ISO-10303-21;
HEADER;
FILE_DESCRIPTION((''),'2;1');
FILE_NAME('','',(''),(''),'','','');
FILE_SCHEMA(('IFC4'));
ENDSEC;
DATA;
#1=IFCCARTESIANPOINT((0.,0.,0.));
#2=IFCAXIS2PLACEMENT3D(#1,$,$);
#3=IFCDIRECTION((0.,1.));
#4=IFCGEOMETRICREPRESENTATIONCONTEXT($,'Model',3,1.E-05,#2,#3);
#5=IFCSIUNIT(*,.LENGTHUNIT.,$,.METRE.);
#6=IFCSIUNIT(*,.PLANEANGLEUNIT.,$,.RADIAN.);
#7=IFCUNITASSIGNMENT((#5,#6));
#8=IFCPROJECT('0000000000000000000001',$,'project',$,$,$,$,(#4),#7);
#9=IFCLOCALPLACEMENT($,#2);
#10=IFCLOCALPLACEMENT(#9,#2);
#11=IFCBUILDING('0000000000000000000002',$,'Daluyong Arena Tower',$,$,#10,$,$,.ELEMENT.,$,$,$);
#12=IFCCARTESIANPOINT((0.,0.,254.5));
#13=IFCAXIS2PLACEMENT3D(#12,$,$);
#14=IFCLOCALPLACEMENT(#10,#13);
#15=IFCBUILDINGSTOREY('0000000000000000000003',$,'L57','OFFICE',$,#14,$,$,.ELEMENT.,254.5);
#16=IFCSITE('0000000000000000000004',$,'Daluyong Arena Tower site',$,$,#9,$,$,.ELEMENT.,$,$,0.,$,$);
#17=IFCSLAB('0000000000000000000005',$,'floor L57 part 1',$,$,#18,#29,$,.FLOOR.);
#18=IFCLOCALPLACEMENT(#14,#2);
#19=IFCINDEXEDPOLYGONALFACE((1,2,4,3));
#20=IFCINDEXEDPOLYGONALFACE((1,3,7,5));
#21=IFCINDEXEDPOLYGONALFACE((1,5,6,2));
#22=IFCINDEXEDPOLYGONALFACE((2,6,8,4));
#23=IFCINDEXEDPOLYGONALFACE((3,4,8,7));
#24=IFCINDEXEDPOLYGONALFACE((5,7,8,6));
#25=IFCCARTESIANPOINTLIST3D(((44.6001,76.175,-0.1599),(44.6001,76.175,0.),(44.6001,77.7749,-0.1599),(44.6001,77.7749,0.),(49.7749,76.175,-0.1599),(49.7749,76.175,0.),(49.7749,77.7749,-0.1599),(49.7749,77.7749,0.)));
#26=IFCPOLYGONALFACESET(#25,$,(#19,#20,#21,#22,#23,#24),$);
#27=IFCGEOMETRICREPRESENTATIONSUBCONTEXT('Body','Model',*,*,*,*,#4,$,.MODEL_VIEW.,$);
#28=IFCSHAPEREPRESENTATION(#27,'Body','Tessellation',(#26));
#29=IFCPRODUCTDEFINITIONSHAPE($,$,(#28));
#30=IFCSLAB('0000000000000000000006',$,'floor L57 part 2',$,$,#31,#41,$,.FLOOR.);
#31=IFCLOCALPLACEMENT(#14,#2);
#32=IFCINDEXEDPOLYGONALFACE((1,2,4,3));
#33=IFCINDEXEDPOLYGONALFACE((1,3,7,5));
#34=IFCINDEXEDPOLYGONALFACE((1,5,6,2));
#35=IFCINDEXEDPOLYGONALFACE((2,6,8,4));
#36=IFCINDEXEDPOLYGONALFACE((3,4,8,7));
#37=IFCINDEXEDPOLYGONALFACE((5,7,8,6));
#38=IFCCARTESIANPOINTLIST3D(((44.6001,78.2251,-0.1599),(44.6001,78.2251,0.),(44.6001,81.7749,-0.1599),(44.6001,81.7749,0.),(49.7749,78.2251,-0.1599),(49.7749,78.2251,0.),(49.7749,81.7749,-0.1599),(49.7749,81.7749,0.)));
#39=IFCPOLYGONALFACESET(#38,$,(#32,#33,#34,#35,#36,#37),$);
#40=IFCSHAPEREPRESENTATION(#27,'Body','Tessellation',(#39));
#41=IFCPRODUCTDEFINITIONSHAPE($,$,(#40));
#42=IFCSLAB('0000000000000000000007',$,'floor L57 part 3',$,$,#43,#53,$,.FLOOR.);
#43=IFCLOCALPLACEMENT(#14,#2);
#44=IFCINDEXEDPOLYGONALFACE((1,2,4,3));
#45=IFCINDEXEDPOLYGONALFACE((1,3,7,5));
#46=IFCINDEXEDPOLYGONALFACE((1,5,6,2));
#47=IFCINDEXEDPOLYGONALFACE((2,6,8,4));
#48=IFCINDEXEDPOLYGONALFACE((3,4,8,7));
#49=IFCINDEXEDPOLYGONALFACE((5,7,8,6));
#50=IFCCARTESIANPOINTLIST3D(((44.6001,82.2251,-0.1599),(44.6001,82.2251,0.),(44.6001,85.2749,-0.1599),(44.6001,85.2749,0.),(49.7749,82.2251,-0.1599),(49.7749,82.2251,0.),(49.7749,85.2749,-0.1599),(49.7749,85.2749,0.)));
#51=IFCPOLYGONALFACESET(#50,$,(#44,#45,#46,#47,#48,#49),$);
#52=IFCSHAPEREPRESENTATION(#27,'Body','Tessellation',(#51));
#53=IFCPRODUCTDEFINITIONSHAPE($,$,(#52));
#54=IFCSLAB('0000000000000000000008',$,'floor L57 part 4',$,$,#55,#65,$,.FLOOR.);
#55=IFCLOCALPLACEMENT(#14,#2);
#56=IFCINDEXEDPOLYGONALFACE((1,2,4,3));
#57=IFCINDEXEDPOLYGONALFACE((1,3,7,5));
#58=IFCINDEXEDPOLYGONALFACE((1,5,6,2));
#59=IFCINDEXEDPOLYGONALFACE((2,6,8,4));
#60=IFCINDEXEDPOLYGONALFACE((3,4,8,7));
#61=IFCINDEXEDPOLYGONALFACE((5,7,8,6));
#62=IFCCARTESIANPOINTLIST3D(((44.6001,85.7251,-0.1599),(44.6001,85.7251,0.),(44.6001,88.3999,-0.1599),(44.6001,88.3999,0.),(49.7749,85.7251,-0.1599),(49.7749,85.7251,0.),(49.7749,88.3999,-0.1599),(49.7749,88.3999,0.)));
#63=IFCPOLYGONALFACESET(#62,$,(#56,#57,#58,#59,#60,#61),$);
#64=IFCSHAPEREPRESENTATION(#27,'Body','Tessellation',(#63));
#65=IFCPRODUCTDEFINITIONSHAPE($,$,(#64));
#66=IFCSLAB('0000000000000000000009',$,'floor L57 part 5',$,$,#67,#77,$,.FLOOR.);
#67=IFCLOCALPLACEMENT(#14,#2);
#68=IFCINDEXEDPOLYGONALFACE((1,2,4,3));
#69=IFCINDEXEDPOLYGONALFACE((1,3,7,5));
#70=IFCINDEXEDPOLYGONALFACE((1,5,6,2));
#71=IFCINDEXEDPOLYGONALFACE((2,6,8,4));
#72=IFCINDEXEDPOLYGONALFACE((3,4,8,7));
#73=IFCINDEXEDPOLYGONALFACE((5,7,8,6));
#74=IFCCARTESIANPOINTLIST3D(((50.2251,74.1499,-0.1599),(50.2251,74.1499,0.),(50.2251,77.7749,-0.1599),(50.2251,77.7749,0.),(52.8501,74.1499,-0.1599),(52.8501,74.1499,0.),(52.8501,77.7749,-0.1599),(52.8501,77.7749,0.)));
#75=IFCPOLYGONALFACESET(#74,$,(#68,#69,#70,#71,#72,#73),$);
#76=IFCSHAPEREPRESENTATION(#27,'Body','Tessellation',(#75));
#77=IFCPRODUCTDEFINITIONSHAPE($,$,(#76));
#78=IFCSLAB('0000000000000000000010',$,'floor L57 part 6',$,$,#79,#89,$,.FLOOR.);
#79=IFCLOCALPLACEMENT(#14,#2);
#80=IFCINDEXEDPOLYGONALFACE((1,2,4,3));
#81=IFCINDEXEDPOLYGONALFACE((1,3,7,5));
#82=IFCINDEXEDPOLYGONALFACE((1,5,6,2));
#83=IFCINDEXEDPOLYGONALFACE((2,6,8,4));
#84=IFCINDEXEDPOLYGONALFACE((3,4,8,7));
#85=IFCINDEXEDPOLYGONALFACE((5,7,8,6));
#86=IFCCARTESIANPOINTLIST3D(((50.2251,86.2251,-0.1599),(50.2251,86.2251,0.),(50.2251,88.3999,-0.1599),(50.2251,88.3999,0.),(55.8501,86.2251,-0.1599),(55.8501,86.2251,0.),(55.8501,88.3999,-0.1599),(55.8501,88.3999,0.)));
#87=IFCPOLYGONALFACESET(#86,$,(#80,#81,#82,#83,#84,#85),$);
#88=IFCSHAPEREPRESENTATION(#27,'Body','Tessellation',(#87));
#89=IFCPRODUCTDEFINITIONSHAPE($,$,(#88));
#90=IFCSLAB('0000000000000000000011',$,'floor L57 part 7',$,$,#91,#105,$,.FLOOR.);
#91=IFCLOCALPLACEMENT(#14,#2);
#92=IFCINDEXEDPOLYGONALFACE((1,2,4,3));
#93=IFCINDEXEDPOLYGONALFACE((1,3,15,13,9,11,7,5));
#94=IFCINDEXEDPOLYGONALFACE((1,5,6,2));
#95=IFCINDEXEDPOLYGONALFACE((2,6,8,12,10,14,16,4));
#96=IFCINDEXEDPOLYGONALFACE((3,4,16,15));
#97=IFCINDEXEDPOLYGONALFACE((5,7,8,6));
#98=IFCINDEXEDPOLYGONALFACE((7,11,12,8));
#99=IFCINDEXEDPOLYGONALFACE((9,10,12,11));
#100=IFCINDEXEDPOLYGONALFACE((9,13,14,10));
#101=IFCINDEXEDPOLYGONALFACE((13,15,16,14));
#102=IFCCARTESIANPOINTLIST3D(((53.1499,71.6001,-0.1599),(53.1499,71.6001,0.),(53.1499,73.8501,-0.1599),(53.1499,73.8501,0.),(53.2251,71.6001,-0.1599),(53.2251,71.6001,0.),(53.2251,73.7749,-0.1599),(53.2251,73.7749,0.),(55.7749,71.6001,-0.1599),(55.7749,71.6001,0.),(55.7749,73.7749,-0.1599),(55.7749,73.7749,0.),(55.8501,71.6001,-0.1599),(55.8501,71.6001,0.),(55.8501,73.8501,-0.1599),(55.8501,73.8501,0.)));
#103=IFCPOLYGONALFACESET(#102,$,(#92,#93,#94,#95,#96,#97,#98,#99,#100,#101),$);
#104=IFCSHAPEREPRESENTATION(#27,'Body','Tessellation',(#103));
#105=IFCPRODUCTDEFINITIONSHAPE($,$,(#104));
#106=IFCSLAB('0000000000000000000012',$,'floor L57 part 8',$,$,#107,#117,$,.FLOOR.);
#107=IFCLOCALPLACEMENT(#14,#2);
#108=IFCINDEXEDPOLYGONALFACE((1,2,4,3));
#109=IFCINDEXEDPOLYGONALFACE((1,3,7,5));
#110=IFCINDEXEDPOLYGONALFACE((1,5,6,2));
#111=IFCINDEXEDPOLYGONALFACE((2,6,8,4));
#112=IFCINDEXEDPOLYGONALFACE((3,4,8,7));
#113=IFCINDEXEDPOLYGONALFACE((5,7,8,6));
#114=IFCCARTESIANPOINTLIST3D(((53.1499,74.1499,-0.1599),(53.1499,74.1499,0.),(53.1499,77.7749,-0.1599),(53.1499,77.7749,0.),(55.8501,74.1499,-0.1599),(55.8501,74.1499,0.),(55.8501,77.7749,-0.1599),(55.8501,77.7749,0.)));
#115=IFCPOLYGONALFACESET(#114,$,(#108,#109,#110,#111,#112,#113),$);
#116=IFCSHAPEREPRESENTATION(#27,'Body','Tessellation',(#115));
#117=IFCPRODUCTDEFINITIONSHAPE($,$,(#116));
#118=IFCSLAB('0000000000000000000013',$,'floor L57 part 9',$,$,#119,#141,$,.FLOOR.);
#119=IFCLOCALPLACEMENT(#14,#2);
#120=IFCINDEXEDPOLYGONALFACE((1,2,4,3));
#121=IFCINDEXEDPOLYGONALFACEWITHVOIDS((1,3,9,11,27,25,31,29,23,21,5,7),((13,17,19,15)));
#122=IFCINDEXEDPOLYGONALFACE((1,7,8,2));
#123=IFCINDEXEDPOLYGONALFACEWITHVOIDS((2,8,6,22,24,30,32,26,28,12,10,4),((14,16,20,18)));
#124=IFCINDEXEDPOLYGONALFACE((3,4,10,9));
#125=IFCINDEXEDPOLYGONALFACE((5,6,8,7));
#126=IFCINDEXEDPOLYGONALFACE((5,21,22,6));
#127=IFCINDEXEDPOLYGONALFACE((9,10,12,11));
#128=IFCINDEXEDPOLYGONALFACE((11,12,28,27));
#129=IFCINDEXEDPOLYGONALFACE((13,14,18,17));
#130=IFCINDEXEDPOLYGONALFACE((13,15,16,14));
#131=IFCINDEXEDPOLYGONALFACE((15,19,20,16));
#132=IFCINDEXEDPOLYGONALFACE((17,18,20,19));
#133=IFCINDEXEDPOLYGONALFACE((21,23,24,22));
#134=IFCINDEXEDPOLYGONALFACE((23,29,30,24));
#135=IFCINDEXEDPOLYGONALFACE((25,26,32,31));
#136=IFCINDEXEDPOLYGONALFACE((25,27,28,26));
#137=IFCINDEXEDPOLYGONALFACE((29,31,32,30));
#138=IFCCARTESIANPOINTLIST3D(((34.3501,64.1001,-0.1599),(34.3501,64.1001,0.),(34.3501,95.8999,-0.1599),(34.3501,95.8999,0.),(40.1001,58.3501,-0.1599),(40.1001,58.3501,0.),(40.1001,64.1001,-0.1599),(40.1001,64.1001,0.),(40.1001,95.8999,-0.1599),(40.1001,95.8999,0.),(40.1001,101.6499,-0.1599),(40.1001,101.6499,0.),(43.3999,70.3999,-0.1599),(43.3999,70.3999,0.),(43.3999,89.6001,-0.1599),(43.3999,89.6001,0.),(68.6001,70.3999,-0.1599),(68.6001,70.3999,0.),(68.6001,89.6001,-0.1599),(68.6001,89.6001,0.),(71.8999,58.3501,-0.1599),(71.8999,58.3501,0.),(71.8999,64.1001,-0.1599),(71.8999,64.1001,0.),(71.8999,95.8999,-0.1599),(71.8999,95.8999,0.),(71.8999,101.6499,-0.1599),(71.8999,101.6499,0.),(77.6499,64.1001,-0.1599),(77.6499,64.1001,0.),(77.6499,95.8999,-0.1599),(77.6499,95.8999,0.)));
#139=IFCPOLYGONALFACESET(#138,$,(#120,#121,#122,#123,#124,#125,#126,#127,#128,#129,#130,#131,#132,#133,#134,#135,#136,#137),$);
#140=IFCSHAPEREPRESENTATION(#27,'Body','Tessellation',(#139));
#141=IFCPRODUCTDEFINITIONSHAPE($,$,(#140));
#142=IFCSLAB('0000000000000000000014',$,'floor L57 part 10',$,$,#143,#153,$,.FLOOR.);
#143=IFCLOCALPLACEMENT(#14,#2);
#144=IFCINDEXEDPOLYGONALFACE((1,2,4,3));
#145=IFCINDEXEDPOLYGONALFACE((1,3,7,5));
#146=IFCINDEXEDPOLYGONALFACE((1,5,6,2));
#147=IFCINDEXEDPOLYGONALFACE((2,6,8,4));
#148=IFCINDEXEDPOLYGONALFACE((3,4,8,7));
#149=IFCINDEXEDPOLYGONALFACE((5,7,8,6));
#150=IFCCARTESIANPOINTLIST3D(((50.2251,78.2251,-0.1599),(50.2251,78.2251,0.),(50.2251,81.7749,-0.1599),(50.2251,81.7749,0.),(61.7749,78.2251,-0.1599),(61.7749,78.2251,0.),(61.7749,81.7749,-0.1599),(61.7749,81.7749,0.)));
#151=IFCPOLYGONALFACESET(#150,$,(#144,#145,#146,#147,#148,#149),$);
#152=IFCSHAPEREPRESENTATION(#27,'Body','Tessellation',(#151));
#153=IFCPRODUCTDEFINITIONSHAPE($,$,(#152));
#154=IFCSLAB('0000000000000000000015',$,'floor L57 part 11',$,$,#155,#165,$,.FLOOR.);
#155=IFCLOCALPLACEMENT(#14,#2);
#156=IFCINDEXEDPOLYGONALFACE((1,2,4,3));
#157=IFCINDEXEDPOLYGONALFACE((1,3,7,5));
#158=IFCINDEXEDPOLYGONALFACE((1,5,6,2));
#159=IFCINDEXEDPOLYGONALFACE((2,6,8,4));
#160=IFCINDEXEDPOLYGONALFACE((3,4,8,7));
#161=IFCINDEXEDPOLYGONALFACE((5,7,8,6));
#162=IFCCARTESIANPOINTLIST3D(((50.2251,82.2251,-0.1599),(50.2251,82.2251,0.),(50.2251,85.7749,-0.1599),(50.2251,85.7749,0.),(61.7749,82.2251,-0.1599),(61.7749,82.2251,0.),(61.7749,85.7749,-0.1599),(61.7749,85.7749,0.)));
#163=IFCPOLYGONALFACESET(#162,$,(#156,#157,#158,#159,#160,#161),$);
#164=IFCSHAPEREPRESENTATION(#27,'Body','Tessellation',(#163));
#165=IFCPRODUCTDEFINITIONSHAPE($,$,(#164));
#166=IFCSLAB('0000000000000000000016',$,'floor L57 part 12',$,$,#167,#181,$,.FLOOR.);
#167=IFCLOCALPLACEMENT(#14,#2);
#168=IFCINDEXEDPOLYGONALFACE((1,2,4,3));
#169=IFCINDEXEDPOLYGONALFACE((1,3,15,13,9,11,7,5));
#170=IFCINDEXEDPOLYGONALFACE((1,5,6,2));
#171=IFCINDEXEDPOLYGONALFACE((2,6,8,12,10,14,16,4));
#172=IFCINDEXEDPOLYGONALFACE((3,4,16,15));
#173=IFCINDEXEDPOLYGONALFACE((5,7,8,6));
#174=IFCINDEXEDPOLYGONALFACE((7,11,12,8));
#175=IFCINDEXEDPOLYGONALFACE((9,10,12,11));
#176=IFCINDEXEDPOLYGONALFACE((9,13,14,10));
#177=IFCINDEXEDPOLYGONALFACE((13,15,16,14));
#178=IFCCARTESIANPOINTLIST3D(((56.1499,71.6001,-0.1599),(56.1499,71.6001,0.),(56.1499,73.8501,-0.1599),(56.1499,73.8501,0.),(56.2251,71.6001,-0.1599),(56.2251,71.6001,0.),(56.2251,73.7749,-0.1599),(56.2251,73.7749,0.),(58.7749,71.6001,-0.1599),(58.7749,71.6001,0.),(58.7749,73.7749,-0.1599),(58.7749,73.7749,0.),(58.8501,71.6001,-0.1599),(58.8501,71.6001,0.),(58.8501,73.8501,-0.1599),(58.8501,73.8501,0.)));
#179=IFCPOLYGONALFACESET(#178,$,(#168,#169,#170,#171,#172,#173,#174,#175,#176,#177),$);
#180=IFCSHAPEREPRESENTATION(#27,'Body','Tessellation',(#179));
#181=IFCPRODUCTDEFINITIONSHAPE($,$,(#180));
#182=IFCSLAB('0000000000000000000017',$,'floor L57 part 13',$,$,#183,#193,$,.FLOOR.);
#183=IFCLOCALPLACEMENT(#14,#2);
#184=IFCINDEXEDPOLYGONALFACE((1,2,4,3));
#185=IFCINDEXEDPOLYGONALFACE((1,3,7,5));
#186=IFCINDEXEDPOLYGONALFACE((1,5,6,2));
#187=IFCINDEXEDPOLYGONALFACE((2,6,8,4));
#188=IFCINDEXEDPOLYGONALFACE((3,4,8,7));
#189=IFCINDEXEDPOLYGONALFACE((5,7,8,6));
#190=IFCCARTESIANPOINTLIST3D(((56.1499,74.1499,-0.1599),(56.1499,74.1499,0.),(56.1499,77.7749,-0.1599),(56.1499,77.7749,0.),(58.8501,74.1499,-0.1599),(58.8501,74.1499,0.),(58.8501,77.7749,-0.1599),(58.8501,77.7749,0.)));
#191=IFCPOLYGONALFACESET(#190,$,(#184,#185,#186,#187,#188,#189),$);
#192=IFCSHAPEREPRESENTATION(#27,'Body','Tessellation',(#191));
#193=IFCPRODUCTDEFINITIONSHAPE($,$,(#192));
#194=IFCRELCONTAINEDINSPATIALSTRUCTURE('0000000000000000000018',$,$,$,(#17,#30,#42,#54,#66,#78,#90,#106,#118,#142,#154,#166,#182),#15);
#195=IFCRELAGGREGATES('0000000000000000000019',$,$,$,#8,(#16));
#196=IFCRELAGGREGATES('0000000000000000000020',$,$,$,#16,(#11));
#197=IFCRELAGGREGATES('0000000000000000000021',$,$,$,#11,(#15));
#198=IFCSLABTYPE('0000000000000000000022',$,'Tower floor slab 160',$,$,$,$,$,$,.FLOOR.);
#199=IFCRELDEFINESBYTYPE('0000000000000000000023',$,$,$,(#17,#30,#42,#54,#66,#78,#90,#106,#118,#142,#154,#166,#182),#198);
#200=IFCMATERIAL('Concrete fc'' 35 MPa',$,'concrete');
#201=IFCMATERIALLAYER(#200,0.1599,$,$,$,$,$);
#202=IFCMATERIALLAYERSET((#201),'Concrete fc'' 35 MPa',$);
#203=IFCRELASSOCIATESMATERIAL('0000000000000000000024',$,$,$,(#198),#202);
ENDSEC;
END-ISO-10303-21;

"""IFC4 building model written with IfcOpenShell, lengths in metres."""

from ifc_helpers import new_model, si_unit, direction, frame, origin, place, context, subcontext, project, spatial, polyline, outline, extrude, material, layer, layer_set, type_object, element, save


model = new_model("IFC4")

# Units and contexts
model_context = context("Model", 3, precision=1e-05, world=origin(), true_north=direction((0.0, 1.0)))
body_context = subcontext(model_context, "Body", "Model", "MODEL_VIEW")
ifc_project = project(units=[si_unit("LENGTHUNIT", "METRE"), si_unit("PLANEANGLEUNIT", "RADIAN")], contexts=[model_context])

# Site, building, storey
site_placement = place(None, origin())
site = spatial("IfcSite", under=ifc_project, at=site_placement, Name="Daluyong Arena Tower site", CompositionType="ELEMENT", RefElevation=0.0)
building_placement = place(site_placement, origin())
building = spatial("IfcBuilding", under=site, at=building_placement, Name="Daluyong Arena Tower", CompositionType="ELEMENT")
storey_placement = place(building_placement, frame((0.0, 0.0, 254.5)))
storey = spatial("IfcBuildingStorey", under=building, at=storey_placement, Name="L57", Description="OFFICE", CompositionType="ELEMENT", Elevation=254.5)

# Slabs
ifc_material_1 = material(Name="Concrete fc' 35 MPa", Category="concrete")
ifc_layer_1 = layer(ifc_material_1, 0.1599)
ifc_layer_set_1 = layer_set([ifc_layer_1], Name="Concrete fc' 35 MPa")
slab_type = type_object("IfcSlabType", Name="Tower floor slab 160", PredefinedType="FLOOR", material=ifc_layer_set_1)
slab_1_placement = place(storey_placement, frame((0.0, 0.0, -0.1599)))
element("IfcSlab", 1, at=slab_1_placement, inside=storey, type_object=slab_type, Name="floor L57 part 1", PredefinedType="FLOOR", context=body_context, shape_type="SweptSolid", body=[
    extrude(outline(polyline([(49.7749, 77.7749), (44.6001, 77.7749), (44.6001, 76.175), (49.7749, 76.175), (49.7749, 77.7749)])), origin(), (0.0, 0.0, 1.0), 0.1599),
])
slab_2_placement = place(storey_placement, frame((0.0, 0.0, -0.1599)))
element("IfcSlab", 2, at=slab_2_placement, inside=storey, type_object=slab_type, Name="floor L57 part 2", PredefinedType="FLOOR", context=body_context, shape_type="SweptSolid", body=[
    extrude(outline(polyline([(49.7749, 78.2251), (49.7749, 81.7749), (44.6001, 81.7749), (44.6001, 78.2251), (49.7749, 78.2251)])), origin(), (0.0, 0.0, 1.0), 0.1599),
])
slab_3_placement = place(storey_placement, frame((0.0, 0.0, -0.1599)))
element("IfcSlab", 3, at=slab_3_placement, inside=storey, type_object=slab_type, Name="floor L57 part 3", PredefinedType="FLOOR", context=body_context, shape_type="SweptSolid", body=[
    extrude(outline(polyline([(44.6001, 85.2749), (44.6001, 82.2251), (49.7749, 82.2251), (49.7749, 85.2749), (44.6001, 85.2749)])), origin(), (0.0, 0.0, 1.0), 0.1599),
])
slab_4_placement = place(storey_placement, frame((0.0, 0.0, -0.1599)))
element("IfcSlab", 4, at=slab_4_placement, inside=storey, type_object=slab_type, Name="floor L57 part 4", PredefinedType="FLOOR", context=body_context, shape_type="SweptSolid", body=[
    extrude(outline(polyline([(44.6001, 88.3999), (44.6001, 85.7251), (49.7749, 85.7251), (49.7749, 88.3999), (44.6001, 88.3999)])), origin(), (0.0, 0.0, 1.0), 0.1599),
])
slab_5_placement = place(storey_placement, frame((0.0, 0.0, -0.1599)))
element("IfcSlab", 5, at=slab_5_placement, inside=storey, type_object=slab_type, Name="floor L57 part 5", PredefinedType="FLOOR", context=body_context, shape_type="SweptSolid", body=[
    extrude(outline(polyline([(52.8501, 74.1499), (52.8501, 77.7749), (50.2251, 77.7749), (50.2251, 74.1499), (52.8501, 74.1499)])), origin(), (0.0, 0.0, 1.0), 0.1599),
])
slab_6_placement = place(storey_placement, frame((0.0, 0.0, -0.1599)))
element("IfcSlab", 6, at=slab_6_placement, inside=storey, type_object=slab_type, Name="floor L57 part 6", PredefinedType="FLOOR", context=body_context, shape_type="SweptSolid", body=[
    extrude(outline(polyline([(50.2251, 88.3999), (50.2251, 86.2251), (55.8501, 86.2251), (55.8501, 88.3999), (50.2251, 88.3999)])), origin(), (0.0, 0.0, 1.0), 0.1599),
])
slab_7_placement = place(storey_placement, frame((0.0, 0.0, -0.1599)))
element("IfcSlab", 7, at=slab_7_placement, inside=storey, type_object=slab_type, Name="floor L57 part 7", PredefinedType="FLOOR", context=body_context, shape_type="SweptSolid", body=[
    extrude(outline(polyline([(53.2251, 71.6001), (53.2251, 73.7749), (55.7749, 73.7749), (55.7749, 71.6001), (55.8501, 71.6001), (55.8501, 73.8501), (53.1499, 73.8501), (53.1499, 71.6001), (53.2251, 71.6001)])), origin(), (0.0, 0.0, 1.0), 0.1599),
])
slab_8_placement = place(storey_placement, frame((0.0, 0.0, -0.1599)))
element("IfcSlab", 8, at=slab_8_placement, inside=storey, type_object=slab_type, Name="floor L57 part 8", PredefinedType="FLOOR", context=body_context, shape_type="SweptSolid", body=[
    extrude(outline(polyline([(53.1499, 74.1499), (55.8501, 74.1499), (55.8501, 77.7749), (53.1499, 77.7749), (53.1499, 74.1499)])), origin(), (0.0, 0.0, 1.0), 0.1599),
])
slab_9_placement = place(storey_placement, frame((0.0, 0.0, -0.1599)))
element("IfcSlab", 9, at=slab_9_placement, inside=storey, type_object=slab_type, Name="floor L57 part 9", PredefinedType="FLOOR", context=body_context, shape_type="SweptSolid", body=[
    extrude(outline(polyline([(40.1001, 64.1001), (40.1001, 58.3501), (71.8999, 58.3501), (71.8999, 64.1001), (77.6499, 64.1001), (77.6499, 95.8999), (71.8999, 95.8999), (71.8999, 101.6499), (40.1001, 101.6499), (40.1001, 95.8999), (34.3501, 95.8999), (34.3501, 64.1001), (40.1001, 64.1001)]), holes=[polyline([(68.6001, 89.6001), (68.6001, 70.3999), (43.3999, 70.3999), (43.3999, 89.6001), (68.6001, 89.6001)])]), origin(), (0.0, 0.0, 1.0), 0.1599),
])
slab_10_placement = place(storey_placement, frame((0.0, 0.0, -0.1599)))
element("IfcSlab", 10, at=slab_10_placement, inside=storey, type_object=slab_type, Name="floor L57 part 10", PredefinedType="FLOOR", context=body_context, shape_type="SweptSolid", body=[
    extrude(outline(polyline([(50.2251, 81.7749), (50.2251, 78.2251), (61.7749, 78.2251), (61.7749, 81.7749), (50.2251, 81.7749)])), origin(), (0.0, 0.0, 1.0), 0.1599),
])
slab_11_placement = place(storey_placement, frame((0.0, 0.0, -0.1599)))
element("IfcSlab", 11, at=slab_11_placement, inside=storey, type_object=slab_type, Name="floor L57 part 11", PredefinedType="FLOOR", context=body_context, shape_type="SweptSolid", body=[
    extrude(outline(polyline([(50.2251, 85.7749), (50.2251, 82.2251), (61.7749, 82.2251), (61.7749, 85.7749), (50.2251, 85.7749)])), origin(), (0.0, 0.0, 1.0), 0.1599),
])
slab_12_placement = place(storey_placement, frame((0.0, 0.0, -0.1599)))
element("IfcSlab", 12, at=slab_12_placement, inside=storey, type_object=slab_type, Name="floor L57 part 12", PredefinedType="FLOOR", context=body_context, shape_type="SweptSolid", body=[
    extrude(outline(polyline([(56.2251, 71.6001), (56.2251, 73.7749), (58.7749, 73.7749), (58.7749, 71.6001), (58.8501, 71.6001), (58.8501, 73.8501), (56.1499, 73.8501), (56.1499, 71.6001), (56.2251, 71.6001)])), origin(), (0.0, 0.0, 1.0), 0.1599),
])
slab_13_placement = place(storey_placement, frame((0.0, 0.0, -0.1599)))
element("IfcSlab", 13, at=slab_13_placement, inside=storey, type_object=slab_type, Name="floor L57 part 13", PredefinedType="FLOOR", context=body_context, shape_type="SweptSolid", body=[
    extrude(outline(polyline([(58.8501, 77.7749), (56.1499, 77.7749), (56.1499, 74.1499), (58.8501, 74.1499), (58.8501, 77.7749)])), origin(), (0.0, 0.0, 1.0), 0.1599),
])

save(model, "model.ifc")
